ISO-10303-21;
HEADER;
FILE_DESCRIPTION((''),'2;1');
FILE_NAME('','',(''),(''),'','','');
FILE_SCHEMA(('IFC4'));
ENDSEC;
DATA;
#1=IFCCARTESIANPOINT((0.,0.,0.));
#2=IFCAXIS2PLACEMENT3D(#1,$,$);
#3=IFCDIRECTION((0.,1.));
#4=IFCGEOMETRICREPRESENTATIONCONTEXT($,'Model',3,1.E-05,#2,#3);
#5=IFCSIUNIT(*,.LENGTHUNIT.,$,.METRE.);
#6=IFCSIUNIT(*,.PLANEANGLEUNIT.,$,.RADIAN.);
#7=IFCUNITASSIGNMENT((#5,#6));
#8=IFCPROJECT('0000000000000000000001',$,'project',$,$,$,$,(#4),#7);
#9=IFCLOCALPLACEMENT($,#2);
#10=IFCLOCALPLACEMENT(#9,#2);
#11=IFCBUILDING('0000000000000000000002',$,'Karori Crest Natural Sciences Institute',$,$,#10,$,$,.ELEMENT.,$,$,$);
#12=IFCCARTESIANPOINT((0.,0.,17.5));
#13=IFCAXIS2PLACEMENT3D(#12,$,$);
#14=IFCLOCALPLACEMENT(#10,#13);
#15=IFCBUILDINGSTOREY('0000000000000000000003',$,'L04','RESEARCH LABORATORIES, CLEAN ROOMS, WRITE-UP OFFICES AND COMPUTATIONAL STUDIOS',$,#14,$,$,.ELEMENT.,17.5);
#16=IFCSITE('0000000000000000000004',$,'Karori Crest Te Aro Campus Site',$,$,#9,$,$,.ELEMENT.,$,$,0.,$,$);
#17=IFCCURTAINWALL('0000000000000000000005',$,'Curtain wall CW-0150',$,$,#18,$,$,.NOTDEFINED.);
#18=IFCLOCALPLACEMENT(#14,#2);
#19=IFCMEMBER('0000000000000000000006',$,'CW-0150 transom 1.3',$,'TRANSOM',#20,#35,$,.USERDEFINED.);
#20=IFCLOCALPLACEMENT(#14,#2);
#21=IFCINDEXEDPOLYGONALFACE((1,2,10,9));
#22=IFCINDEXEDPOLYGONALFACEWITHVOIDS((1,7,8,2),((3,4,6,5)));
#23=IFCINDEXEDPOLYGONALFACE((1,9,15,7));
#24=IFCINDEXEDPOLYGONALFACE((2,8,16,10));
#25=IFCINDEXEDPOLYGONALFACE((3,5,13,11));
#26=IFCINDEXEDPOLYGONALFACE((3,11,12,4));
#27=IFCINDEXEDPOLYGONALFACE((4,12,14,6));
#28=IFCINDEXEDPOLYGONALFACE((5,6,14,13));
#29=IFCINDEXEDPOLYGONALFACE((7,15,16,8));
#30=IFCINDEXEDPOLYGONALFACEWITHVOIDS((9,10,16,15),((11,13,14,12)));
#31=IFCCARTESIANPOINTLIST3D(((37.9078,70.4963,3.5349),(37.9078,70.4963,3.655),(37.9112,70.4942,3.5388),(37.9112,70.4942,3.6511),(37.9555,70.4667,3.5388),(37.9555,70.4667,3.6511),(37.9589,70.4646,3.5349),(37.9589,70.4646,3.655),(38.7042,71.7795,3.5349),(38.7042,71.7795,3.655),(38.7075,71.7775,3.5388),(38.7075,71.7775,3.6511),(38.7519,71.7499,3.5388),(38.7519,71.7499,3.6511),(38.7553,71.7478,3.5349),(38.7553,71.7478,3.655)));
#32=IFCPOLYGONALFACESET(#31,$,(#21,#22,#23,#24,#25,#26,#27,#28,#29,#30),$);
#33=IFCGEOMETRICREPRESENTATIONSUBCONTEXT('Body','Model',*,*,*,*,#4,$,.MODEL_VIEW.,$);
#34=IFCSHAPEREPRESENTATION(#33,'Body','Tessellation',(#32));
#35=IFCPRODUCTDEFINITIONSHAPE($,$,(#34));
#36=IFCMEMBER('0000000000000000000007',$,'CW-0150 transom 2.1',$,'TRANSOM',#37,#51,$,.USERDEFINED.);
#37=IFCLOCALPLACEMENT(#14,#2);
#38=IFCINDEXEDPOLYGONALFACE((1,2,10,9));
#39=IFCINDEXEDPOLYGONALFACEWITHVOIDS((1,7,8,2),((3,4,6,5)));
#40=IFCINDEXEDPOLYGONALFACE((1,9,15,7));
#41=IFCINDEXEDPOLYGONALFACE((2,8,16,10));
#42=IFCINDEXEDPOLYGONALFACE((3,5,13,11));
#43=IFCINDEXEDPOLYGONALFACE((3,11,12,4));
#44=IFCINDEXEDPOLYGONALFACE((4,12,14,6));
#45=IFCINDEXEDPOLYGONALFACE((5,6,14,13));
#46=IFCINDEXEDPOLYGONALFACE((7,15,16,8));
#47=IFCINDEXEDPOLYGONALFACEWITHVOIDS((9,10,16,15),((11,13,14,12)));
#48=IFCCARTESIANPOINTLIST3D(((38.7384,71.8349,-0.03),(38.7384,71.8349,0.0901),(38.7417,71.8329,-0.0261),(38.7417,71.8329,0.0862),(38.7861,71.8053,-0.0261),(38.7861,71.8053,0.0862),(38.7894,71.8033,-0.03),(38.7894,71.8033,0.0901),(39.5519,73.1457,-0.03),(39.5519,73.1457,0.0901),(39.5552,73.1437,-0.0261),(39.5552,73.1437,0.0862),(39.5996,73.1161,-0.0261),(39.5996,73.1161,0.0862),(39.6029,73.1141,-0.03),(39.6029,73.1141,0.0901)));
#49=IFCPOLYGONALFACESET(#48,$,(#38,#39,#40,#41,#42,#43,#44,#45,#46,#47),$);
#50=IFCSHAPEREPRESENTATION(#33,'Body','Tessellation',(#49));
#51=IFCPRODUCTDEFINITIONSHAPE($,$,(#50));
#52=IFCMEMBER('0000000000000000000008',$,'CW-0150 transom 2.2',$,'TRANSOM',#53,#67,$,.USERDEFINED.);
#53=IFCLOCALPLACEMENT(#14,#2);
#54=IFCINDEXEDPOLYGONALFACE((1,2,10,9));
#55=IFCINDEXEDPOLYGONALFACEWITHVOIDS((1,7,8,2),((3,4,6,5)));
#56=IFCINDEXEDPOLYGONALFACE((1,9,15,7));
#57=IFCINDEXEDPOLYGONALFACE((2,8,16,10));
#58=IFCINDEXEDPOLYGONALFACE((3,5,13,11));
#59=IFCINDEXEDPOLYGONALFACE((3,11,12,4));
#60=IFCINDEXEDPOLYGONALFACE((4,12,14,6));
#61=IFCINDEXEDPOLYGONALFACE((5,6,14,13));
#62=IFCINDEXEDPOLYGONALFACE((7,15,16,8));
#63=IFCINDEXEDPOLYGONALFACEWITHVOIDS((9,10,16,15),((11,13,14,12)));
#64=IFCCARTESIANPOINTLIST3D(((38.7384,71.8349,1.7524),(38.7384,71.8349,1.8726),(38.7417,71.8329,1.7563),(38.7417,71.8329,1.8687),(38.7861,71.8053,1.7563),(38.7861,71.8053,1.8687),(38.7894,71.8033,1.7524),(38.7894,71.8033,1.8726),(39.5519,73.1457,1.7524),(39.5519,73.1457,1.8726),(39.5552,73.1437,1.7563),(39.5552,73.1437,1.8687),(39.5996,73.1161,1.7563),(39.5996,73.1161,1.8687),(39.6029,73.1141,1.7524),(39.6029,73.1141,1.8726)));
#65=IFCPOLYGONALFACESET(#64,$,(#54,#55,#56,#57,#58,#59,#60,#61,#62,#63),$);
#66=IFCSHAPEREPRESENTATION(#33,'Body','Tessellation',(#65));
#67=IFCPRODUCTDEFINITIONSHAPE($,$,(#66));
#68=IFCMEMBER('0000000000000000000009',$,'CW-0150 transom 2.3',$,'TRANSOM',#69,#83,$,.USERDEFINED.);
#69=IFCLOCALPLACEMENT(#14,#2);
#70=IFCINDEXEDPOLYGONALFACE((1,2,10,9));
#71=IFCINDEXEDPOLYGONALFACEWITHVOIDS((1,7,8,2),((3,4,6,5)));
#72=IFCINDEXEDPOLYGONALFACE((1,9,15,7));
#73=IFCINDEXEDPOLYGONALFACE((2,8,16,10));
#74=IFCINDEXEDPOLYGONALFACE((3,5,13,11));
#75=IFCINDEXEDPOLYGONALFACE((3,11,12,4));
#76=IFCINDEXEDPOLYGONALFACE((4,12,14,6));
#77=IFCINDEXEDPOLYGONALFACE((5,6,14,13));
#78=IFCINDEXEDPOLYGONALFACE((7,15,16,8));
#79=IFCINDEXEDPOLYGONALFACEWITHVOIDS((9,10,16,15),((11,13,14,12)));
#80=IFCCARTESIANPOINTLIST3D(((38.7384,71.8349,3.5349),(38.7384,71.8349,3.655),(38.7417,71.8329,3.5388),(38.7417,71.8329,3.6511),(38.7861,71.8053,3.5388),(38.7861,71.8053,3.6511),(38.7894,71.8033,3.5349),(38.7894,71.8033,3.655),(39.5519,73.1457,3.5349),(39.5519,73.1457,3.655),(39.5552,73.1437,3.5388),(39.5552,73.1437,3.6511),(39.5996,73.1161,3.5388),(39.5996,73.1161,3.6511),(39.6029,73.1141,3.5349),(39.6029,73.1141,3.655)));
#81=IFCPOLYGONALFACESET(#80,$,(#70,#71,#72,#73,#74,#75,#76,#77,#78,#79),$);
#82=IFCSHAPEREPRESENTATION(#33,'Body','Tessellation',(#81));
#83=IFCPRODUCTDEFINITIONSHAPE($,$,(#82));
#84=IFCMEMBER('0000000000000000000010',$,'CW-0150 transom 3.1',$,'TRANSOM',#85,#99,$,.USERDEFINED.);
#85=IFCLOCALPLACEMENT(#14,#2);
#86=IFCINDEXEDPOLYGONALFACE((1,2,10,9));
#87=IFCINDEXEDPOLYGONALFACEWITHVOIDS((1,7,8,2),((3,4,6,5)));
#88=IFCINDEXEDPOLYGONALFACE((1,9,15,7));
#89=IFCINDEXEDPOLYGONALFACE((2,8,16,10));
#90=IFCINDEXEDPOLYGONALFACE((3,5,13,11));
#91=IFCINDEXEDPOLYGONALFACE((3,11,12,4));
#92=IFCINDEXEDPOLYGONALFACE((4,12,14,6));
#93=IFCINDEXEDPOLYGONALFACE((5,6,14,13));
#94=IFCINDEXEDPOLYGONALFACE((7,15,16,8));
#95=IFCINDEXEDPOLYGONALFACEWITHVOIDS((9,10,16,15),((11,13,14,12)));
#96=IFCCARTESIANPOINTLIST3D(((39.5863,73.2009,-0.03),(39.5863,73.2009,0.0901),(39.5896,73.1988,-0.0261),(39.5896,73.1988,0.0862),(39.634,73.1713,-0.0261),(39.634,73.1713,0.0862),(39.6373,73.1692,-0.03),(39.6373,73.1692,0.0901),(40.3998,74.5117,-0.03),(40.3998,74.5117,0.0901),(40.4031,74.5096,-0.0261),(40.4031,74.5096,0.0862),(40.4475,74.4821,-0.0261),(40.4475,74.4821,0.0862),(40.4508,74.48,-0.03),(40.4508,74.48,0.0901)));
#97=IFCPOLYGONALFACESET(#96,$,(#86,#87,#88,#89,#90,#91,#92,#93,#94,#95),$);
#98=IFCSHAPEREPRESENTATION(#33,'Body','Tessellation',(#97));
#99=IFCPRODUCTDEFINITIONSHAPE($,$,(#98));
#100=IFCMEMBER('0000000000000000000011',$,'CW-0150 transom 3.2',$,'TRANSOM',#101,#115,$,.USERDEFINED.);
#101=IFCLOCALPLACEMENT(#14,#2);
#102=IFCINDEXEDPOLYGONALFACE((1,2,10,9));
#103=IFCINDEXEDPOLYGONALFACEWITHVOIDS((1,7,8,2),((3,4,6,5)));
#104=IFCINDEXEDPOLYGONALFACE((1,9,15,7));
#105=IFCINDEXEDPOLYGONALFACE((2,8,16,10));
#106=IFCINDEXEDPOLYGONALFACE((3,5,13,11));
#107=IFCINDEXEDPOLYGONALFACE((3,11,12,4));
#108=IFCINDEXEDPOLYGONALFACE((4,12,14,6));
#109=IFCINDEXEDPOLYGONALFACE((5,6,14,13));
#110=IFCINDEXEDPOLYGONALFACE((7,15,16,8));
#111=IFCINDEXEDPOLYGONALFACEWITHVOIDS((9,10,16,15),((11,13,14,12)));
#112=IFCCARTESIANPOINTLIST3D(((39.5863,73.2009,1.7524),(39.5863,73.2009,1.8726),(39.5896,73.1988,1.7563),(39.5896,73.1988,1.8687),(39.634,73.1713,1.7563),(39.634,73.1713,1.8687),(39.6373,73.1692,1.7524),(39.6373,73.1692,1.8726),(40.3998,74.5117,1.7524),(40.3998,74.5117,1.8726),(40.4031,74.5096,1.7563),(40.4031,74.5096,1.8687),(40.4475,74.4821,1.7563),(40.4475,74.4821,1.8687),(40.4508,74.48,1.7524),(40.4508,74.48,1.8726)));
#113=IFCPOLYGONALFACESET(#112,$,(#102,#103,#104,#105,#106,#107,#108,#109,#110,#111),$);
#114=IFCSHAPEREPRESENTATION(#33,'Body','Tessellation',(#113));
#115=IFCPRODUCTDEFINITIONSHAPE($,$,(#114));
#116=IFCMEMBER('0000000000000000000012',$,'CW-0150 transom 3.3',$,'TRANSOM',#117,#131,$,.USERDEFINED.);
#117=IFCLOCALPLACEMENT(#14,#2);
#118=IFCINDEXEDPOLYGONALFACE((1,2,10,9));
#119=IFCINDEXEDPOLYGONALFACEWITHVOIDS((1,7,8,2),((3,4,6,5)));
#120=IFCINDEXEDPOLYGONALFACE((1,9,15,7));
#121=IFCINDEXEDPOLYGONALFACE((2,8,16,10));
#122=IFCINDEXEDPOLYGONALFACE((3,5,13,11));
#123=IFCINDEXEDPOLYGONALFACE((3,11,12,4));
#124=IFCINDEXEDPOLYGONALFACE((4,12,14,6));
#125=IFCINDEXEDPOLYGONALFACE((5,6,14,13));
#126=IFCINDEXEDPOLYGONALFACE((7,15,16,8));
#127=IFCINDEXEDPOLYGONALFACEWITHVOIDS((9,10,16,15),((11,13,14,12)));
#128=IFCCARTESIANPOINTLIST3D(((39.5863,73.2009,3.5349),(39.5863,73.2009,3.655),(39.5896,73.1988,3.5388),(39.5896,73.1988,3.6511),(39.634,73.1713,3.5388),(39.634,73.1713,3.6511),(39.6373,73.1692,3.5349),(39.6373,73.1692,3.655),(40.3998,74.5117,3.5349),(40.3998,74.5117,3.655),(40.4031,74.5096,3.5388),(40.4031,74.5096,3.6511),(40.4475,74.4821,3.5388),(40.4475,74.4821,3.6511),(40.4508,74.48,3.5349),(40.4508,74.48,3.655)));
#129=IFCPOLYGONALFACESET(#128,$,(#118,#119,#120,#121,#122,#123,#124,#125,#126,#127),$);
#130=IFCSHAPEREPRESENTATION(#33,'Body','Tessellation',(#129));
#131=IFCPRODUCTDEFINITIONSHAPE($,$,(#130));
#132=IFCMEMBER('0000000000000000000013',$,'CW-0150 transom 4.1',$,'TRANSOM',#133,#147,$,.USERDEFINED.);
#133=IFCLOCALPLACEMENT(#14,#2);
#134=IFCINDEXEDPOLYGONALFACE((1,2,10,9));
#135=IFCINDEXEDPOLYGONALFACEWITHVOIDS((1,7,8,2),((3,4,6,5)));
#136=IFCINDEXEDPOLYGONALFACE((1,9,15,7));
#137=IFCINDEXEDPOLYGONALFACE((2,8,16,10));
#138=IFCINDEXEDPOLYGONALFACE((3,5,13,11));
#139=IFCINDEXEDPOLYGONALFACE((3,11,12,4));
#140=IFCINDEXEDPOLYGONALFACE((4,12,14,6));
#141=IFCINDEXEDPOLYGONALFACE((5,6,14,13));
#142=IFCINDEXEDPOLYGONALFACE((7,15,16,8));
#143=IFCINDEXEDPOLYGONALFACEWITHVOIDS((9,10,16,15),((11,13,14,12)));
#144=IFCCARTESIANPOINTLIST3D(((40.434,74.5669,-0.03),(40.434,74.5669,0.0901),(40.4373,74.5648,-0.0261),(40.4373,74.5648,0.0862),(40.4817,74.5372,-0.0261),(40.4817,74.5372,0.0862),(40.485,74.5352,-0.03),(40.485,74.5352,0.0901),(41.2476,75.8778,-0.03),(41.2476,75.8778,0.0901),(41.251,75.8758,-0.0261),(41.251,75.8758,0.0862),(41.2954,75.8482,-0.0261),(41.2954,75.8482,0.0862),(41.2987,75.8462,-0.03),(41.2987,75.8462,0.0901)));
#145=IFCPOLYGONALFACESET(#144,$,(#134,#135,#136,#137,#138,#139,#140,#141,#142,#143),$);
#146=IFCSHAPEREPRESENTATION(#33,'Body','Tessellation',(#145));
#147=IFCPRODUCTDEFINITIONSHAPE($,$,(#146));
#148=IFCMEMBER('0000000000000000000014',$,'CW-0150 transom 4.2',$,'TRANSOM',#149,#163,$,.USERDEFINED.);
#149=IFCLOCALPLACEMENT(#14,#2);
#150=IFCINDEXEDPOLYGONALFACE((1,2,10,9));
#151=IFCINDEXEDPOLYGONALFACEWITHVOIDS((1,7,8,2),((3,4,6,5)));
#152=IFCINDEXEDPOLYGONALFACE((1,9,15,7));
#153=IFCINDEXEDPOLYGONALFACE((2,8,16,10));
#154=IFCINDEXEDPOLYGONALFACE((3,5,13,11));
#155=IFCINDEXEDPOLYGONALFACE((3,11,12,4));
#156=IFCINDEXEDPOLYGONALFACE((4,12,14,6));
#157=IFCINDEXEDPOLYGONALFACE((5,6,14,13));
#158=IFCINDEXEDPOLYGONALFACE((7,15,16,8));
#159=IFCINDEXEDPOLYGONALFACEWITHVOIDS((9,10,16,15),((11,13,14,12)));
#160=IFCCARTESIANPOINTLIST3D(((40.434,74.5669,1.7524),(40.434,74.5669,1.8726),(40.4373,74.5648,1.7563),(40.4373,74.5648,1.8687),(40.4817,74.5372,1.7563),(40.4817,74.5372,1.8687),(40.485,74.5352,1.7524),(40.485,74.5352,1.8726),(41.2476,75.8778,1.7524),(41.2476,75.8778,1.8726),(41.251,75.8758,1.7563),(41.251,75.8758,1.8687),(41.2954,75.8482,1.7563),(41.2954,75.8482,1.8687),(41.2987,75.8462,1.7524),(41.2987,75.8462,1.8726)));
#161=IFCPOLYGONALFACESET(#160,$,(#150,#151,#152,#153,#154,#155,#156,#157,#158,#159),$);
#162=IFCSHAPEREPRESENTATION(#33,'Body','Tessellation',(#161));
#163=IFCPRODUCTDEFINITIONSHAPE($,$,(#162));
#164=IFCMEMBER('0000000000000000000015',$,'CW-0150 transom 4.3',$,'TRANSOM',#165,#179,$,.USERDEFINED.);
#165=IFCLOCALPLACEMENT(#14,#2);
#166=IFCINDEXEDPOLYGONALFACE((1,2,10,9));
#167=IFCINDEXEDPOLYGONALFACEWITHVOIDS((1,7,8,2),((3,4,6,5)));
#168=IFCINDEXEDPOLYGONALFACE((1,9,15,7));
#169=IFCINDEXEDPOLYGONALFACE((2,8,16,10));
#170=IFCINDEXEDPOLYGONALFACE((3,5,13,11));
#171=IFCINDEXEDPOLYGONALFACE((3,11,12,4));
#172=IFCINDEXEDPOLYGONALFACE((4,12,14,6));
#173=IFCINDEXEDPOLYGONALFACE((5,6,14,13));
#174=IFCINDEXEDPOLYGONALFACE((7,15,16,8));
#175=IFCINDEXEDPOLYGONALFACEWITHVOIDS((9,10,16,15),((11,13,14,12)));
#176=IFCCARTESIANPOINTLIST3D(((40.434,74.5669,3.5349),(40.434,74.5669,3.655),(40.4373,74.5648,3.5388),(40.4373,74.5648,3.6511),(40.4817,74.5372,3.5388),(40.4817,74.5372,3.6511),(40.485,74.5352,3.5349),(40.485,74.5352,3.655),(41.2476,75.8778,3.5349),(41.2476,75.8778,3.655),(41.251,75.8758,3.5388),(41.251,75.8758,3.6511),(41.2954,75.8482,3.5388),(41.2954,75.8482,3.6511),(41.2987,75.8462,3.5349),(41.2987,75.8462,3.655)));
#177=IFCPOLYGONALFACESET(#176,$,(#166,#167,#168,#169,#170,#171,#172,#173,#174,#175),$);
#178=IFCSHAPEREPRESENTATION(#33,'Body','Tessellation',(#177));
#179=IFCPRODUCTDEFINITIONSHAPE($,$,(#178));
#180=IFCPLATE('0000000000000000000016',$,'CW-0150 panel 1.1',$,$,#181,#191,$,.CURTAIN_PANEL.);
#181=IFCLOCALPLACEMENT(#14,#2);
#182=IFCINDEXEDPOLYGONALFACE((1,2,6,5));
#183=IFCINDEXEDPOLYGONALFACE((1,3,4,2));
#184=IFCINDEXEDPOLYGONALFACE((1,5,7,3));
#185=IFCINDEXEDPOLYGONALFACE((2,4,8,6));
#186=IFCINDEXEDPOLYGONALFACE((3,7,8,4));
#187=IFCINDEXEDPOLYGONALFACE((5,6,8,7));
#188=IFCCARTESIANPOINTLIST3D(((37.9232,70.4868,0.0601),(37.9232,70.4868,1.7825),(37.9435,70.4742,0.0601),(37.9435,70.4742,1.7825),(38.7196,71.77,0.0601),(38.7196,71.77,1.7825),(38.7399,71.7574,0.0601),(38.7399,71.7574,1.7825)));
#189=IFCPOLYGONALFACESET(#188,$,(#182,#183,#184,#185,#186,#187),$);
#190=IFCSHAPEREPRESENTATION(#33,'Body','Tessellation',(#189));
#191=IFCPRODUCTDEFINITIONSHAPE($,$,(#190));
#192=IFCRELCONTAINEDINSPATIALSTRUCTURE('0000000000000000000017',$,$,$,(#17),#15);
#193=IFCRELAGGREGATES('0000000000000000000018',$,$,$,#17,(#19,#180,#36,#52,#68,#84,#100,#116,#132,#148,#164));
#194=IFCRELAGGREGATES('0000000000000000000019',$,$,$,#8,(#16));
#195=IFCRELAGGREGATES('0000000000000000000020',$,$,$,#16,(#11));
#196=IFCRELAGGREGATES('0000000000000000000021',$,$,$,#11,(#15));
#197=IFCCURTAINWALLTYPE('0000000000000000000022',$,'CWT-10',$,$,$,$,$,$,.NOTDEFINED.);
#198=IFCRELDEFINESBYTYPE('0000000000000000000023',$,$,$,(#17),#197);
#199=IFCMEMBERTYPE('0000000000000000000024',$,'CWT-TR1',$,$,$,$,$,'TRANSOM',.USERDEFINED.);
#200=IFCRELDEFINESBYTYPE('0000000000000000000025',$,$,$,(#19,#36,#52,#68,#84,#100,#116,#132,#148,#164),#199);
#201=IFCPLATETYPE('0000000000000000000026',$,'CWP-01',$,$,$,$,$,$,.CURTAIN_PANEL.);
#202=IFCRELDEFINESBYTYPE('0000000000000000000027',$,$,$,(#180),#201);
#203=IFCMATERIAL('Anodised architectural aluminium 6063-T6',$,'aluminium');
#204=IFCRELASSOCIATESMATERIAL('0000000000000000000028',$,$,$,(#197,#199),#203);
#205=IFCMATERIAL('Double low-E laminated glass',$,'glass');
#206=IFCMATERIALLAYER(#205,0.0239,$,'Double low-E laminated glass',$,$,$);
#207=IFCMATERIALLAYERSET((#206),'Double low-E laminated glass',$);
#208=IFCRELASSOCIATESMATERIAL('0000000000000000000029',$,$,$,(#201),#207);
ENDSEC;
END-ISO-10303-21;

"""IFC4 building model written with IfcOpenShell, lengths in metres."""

from ifc_helpers import new_model, si_unit, direction, frame, origin, origin_2d, place, context, subcontext, project, spatial, rectangle, hollow_rectangle, extrude, material, layer, layer_set, material_profile, profile_set, type_object, element, aggregate, save


model = new_model("IFC4")

# Units and contexts
model_context = context("Model", 3, precision=1e-05, world=origin(), true_north=direction((0.0, 1.0)))
body_context = subcontext(model_context, "Body", "Model", "MODEL_VIEW")
ifc_project = project(units=[si_unit("LENGTHUNIT", "METRE"), si_unit("PLANEANGLEUNIT", "RADIAN")], contexts=[model_context])

# Site, building, storey
site_placement = place(None, origin())
site = spatial("IfcSite", under=ifc_project, at=site_placement, Name="Karori Crest Te Aro Campus Site", CompositionType="ELEMENT", RefElevation=0.0)
building_placement = place(site_placement, origin())
building = spatial("IfcBuilding", under=site, at=building_placement, Name="Karori Crest Natural Sciences Institute", CompositionType="ELEMENT")
storey_placement = place(building_placement, frame((0.0, 0.0, 17.5)))
storey = spatial("IfcBuildingStorey", under=building, at=storey_placement, Name="L04", Description="RESEARCH LABORATORIES, CLEAN ROOMS, WRITE-UP OFFICES AND COMPUTATIONAL STUDIOS", CompositionType="ELEMENT", Elevation=17.5)

# Curtain wall
ifc_material_1 = material(Name="Anodised architectural aluminium 6063-T6", Category="aluminium")
curtain_wall_type_1 = type_object("IfcCurtainWallType", Name="CWT-10", PredefinedType="NOTDEFINED", material=ifc_material_1)
curtain_wall_1_placement = place(storey_placement, origin())
curtain_wall_1 = element("IfcCurtainWall", 1, at=curtain_wall_1_placement, inside=storey, type_object=curtain_wall_type_1, Name="Curtain wall CW-0150", PredefinedType="NOTDEFINED")

# Members
ifc_material_profile_1 = material_profile(ifc_material_1, hollow_rectangle(XDim=0.0601, YDim=0.1201, WallThickness=0.0039, at=origin_2d()), Name="CWT120x60x4")
ifc_profile_set_1 = profile_set([ifc_material_profile_1], Name="Anodised architectural aluminium 6063-T6")
member_type_1 = type_object("IfcMemberType", Name="CWT-TR1", ElementType="TRANSOM", PredefinedType="USERDEFINED", material=ifc_profile_set_1)
member_1_placement = place(storey_placement, frame((37.9333, 70.4805, 3.595), z_axis=(0.527323, 0.849665, 0.0), x_axis=(-0.849665, 0.527323, 0.0)))
member_1 = element("IfcMember", 2, at=member_1_placement, type_object=member_type_1, Name="CW-0150 transom 1.3", ObjectType="TRANSOM", PredefinedType="USERDEFINED", context=body_context, shape_type="SweptSolid", body=[
    extrude(hollow_rectangle(XDim=0.0601, YDim=0.1201, WallThickness=0.0039, at=origin_2d()), origin(), (0.0, 0.0, 1.0), 1.5103),
])
member_2_placement = place(storey_placement, frame((38.7639, 71.8191, 0.03), z_axis=(0.527308, 0.849674, 0.0), x_axis=(-0.849674, 0.527308, 0.0)))
member_2 = element("IfcMember", 3, at=member_2_placement, type_object=member_type_1, Name="CW-0150 transom 2.1", ObjectType="TRANSOM", PredefinedType="USERDEFINED", context=body_context, shape_type="SweptSolid", body=[
    extrude(hollow_rectangle(XDim=0.0601, YDim=0.1201, WallThickness=0.0039, at=origin_2d()), origin(), (0.0, 0.0, 1.0), 1.5427),
])
member_3_placement = place(storey_placement, frame((38.7639, 71.8191, 1.8125), z_axis=(0.527308, 0.849674, 0.0), x_axis=(-0.849674, 0.527308, 0.0)))
member_3 = element("IfcMember", 4, at=member_3_placement, type_object=member_type_1, Name="CW-0150 transom 2.2", ObjectType="TRANSOM", PredefinedType="USERDEFINED", context=body_context, shape_type="SweptSolid", body=[
    extrude(hollow_rectangle(XDim=0.0601, YDim=0.1201, WallThickness=0.0039, at=origin_2d()), origin(), (0.0, 0.0, 1.0), 1.5427),
])
member_4_placement = place(storey_placement, frame((38.7639, 71.8191, 3.595), z_axis=(0.527308, 0.849674, 0.0), x_axis=(-0.849674, 0.527308, 0.0)))
member_4 = element("IfcMember", 5, at=member_4_placement, type_object=member_type_1, Name="CW-0150 transom 2.3", ObjectType="TRANSOM", PredefinedType="USERDEFINED", context=body_context, shape_type="SweptSolid", body=[
    extrude(hollow_rectangle(XDim=0.0601, YDim=0.1201, WallThickness=0.0039, at=origin_2d()), origin(), (0.0, 0.0, 1.0), 1.5427),
])
member_5_placement = place(storey_placement, frame((39.6118, 73.1851, 0.03), z_axis=(0.527308, 0.849674, 0.0), x_axis=(-0.849674, 0.527308, 0.0)))
member_5 = element("IfcMember", 6, at=member_5_placement, type_object=member_type_1, Name="CW-0150 transom 3.1", ObjectType="TRANSOM", PredefinedType="USERDEFINED", context=body_context, shape_type="SweptSolid", body=[
    extrude(hollow_rectangle(XDim=0.0601, YDim=0.1201, WallThickness=0.0039, at=origin_2d()), origin(), (0.0, 0.0, 1.0), 1.5427),
])
member_6_placement = place(storey_placement, frame((39.6118, 73.1851, 1.8125), z_axis=(0.527308, 0.849674, 0.0), x_axis=(-0.849674, 0.527308, 0.0)))
member_6 = element("IfcMember", 7, at=member_6_placement, type_object=member_type_1, Name="CW-0150 transom 3.2", ObjectType="TRANSOM", PredefinedType="USERDEFINED", context=body_context, shape_type="SweptSolid", body=[
    extrude(hollow_rectangle(XDim=0.0601, YDim=0.1201, WallThickness=0.0039, at=origin_2d()), origin(), (0.0, 0.0, 1.0), 1.5427),
])
member_7_placement = place(storey_placement, frame((39.6118, 73.1851, 3.595), z_axis=(0.527308, 0.849674, 0.0), x_axis=(-0.849674, 0.527308, 0.0)))
member_7 = element("IfcMember", 8, at=member_7_placement, type_object=member_type_1, Name="CW-0150 transom 3.3", ObjectType="TRANSOM", PredefinedType="USERDEFINED", context=body_context, shape_type="SweptSolid", body=[
    extrude(hollow_rectangle(XDim=0.0601, YDim=0.1201, WallThickness=0.0039, at=origin_2d()), origin(), (0.0, 0.0, 1.0), 1.5427),
])
member_8_placement = place(storey_placement, frame((40.4595, 74.551, 0.03), z_axis=(0.527351, 0.849647, 0.0), x_axis=(-0.849647, 0.527351, 0.0)))
member_8 = element("IfcMember", 9, at=member_8_placement, type_object=member_type_1, Name="CW-0150 transom 4.1", ObjectType="TRANSOM", PredefinedType="USERDEFINED", context=body_context, shape_type="SweptSolid", body=[
    extrude(hollow_rectangle(XDim=0.0601, YDim=0.1201, WallThickness=0.0039, at=origin_2d()), origin(), (0.0, 0.0, 1.0), 1.543),
])
member_9_placement = place(storey_placement, frame((40.4595, 74.551, 1.8125), z_axis=(0.527351, 0.849647, 0.0), x_axis=(-0.849647, 0.527351, 0.0)))
member_9 = element("IfcMember", 10, at=member_9_placement, type_object=member_type_1, Name="CW-0150 transom 4.2", ObjectType="TRANSOM", PredefinedType="USERDEFINED", context=body_context, shape_type="SweptSolid", body=[
    extrude(hollow_rectangle(XDim=0.0601, YDim=0.1201, WallThickness=0.0039, at=origin_2d()), origin(), (0.0, 0.0, 1.0), 1.543),
])
member_10_placement = place(storey_placement, frame((40.4595, 74.551, 3.595), z_axis=(0.527351, 0.849647, 0.0), x_axis=(-0.849647, 0.527351, 0.0)))
member_10 = element("IfcMember", 11, at=member_10_placement, type_object=member_type_1, Name="CW-0150 transom 4.3", ObjectType="TRANSOM", PredefinedType="USERDEFINED", context=body_context, shape_type="SweptSolid", body=[
    extrude(hollow_rectangle(XDim=0.0601, YDim=0.1201, WallThickness=0.0039, at=origin_2d()), origin(), (0.0, 0.0, 1.0), 1.543),
])

# Plate
ifc_material_2 = material(Name="Double low-E laminated glass", Category="glass")
ifc_layer_1 = layer(ifc_material_2, 0.0239, Name="Double low-E laminated glass")
ifc_layer_set_1 = layer_set([ifc_layer_1], Name="Double low-E laminated glass")
plate_type_1 = type_object("IfcPlateType", Name="CWP-01", PredefinedType="CURTAIN_PANEL", material=ifc_layer_set_1)
plate_1_placement = place(storey_placement, frame((38.3315, 71.1221, 0.0601), z_axis=(0.0, 0.0, 1.0), x_axis=(0.527324, 0.849664, 0.0)))
plate_1 = element("IfcPlate", 12, at=plate_1_placement, type_object=plate_type_1, Name="CW-0150 panel 1.1", PredefinedType="CURTAIN_PANEL", context=body_context, shape_type="SweptSolid", body=[
    extrude(rectangle(XDim=1.5103, YDim=0.0239, at=origin_2d()), origin(), (0.0, 0.0, 1.0), 1.7224),
])
aggregate(curtain_wall_1, [member_1, plate_1, member_2, member_3, member_4, member_5, member_6, member_7, member_8, member_9, member_10])

save(model, "model.ifc")
